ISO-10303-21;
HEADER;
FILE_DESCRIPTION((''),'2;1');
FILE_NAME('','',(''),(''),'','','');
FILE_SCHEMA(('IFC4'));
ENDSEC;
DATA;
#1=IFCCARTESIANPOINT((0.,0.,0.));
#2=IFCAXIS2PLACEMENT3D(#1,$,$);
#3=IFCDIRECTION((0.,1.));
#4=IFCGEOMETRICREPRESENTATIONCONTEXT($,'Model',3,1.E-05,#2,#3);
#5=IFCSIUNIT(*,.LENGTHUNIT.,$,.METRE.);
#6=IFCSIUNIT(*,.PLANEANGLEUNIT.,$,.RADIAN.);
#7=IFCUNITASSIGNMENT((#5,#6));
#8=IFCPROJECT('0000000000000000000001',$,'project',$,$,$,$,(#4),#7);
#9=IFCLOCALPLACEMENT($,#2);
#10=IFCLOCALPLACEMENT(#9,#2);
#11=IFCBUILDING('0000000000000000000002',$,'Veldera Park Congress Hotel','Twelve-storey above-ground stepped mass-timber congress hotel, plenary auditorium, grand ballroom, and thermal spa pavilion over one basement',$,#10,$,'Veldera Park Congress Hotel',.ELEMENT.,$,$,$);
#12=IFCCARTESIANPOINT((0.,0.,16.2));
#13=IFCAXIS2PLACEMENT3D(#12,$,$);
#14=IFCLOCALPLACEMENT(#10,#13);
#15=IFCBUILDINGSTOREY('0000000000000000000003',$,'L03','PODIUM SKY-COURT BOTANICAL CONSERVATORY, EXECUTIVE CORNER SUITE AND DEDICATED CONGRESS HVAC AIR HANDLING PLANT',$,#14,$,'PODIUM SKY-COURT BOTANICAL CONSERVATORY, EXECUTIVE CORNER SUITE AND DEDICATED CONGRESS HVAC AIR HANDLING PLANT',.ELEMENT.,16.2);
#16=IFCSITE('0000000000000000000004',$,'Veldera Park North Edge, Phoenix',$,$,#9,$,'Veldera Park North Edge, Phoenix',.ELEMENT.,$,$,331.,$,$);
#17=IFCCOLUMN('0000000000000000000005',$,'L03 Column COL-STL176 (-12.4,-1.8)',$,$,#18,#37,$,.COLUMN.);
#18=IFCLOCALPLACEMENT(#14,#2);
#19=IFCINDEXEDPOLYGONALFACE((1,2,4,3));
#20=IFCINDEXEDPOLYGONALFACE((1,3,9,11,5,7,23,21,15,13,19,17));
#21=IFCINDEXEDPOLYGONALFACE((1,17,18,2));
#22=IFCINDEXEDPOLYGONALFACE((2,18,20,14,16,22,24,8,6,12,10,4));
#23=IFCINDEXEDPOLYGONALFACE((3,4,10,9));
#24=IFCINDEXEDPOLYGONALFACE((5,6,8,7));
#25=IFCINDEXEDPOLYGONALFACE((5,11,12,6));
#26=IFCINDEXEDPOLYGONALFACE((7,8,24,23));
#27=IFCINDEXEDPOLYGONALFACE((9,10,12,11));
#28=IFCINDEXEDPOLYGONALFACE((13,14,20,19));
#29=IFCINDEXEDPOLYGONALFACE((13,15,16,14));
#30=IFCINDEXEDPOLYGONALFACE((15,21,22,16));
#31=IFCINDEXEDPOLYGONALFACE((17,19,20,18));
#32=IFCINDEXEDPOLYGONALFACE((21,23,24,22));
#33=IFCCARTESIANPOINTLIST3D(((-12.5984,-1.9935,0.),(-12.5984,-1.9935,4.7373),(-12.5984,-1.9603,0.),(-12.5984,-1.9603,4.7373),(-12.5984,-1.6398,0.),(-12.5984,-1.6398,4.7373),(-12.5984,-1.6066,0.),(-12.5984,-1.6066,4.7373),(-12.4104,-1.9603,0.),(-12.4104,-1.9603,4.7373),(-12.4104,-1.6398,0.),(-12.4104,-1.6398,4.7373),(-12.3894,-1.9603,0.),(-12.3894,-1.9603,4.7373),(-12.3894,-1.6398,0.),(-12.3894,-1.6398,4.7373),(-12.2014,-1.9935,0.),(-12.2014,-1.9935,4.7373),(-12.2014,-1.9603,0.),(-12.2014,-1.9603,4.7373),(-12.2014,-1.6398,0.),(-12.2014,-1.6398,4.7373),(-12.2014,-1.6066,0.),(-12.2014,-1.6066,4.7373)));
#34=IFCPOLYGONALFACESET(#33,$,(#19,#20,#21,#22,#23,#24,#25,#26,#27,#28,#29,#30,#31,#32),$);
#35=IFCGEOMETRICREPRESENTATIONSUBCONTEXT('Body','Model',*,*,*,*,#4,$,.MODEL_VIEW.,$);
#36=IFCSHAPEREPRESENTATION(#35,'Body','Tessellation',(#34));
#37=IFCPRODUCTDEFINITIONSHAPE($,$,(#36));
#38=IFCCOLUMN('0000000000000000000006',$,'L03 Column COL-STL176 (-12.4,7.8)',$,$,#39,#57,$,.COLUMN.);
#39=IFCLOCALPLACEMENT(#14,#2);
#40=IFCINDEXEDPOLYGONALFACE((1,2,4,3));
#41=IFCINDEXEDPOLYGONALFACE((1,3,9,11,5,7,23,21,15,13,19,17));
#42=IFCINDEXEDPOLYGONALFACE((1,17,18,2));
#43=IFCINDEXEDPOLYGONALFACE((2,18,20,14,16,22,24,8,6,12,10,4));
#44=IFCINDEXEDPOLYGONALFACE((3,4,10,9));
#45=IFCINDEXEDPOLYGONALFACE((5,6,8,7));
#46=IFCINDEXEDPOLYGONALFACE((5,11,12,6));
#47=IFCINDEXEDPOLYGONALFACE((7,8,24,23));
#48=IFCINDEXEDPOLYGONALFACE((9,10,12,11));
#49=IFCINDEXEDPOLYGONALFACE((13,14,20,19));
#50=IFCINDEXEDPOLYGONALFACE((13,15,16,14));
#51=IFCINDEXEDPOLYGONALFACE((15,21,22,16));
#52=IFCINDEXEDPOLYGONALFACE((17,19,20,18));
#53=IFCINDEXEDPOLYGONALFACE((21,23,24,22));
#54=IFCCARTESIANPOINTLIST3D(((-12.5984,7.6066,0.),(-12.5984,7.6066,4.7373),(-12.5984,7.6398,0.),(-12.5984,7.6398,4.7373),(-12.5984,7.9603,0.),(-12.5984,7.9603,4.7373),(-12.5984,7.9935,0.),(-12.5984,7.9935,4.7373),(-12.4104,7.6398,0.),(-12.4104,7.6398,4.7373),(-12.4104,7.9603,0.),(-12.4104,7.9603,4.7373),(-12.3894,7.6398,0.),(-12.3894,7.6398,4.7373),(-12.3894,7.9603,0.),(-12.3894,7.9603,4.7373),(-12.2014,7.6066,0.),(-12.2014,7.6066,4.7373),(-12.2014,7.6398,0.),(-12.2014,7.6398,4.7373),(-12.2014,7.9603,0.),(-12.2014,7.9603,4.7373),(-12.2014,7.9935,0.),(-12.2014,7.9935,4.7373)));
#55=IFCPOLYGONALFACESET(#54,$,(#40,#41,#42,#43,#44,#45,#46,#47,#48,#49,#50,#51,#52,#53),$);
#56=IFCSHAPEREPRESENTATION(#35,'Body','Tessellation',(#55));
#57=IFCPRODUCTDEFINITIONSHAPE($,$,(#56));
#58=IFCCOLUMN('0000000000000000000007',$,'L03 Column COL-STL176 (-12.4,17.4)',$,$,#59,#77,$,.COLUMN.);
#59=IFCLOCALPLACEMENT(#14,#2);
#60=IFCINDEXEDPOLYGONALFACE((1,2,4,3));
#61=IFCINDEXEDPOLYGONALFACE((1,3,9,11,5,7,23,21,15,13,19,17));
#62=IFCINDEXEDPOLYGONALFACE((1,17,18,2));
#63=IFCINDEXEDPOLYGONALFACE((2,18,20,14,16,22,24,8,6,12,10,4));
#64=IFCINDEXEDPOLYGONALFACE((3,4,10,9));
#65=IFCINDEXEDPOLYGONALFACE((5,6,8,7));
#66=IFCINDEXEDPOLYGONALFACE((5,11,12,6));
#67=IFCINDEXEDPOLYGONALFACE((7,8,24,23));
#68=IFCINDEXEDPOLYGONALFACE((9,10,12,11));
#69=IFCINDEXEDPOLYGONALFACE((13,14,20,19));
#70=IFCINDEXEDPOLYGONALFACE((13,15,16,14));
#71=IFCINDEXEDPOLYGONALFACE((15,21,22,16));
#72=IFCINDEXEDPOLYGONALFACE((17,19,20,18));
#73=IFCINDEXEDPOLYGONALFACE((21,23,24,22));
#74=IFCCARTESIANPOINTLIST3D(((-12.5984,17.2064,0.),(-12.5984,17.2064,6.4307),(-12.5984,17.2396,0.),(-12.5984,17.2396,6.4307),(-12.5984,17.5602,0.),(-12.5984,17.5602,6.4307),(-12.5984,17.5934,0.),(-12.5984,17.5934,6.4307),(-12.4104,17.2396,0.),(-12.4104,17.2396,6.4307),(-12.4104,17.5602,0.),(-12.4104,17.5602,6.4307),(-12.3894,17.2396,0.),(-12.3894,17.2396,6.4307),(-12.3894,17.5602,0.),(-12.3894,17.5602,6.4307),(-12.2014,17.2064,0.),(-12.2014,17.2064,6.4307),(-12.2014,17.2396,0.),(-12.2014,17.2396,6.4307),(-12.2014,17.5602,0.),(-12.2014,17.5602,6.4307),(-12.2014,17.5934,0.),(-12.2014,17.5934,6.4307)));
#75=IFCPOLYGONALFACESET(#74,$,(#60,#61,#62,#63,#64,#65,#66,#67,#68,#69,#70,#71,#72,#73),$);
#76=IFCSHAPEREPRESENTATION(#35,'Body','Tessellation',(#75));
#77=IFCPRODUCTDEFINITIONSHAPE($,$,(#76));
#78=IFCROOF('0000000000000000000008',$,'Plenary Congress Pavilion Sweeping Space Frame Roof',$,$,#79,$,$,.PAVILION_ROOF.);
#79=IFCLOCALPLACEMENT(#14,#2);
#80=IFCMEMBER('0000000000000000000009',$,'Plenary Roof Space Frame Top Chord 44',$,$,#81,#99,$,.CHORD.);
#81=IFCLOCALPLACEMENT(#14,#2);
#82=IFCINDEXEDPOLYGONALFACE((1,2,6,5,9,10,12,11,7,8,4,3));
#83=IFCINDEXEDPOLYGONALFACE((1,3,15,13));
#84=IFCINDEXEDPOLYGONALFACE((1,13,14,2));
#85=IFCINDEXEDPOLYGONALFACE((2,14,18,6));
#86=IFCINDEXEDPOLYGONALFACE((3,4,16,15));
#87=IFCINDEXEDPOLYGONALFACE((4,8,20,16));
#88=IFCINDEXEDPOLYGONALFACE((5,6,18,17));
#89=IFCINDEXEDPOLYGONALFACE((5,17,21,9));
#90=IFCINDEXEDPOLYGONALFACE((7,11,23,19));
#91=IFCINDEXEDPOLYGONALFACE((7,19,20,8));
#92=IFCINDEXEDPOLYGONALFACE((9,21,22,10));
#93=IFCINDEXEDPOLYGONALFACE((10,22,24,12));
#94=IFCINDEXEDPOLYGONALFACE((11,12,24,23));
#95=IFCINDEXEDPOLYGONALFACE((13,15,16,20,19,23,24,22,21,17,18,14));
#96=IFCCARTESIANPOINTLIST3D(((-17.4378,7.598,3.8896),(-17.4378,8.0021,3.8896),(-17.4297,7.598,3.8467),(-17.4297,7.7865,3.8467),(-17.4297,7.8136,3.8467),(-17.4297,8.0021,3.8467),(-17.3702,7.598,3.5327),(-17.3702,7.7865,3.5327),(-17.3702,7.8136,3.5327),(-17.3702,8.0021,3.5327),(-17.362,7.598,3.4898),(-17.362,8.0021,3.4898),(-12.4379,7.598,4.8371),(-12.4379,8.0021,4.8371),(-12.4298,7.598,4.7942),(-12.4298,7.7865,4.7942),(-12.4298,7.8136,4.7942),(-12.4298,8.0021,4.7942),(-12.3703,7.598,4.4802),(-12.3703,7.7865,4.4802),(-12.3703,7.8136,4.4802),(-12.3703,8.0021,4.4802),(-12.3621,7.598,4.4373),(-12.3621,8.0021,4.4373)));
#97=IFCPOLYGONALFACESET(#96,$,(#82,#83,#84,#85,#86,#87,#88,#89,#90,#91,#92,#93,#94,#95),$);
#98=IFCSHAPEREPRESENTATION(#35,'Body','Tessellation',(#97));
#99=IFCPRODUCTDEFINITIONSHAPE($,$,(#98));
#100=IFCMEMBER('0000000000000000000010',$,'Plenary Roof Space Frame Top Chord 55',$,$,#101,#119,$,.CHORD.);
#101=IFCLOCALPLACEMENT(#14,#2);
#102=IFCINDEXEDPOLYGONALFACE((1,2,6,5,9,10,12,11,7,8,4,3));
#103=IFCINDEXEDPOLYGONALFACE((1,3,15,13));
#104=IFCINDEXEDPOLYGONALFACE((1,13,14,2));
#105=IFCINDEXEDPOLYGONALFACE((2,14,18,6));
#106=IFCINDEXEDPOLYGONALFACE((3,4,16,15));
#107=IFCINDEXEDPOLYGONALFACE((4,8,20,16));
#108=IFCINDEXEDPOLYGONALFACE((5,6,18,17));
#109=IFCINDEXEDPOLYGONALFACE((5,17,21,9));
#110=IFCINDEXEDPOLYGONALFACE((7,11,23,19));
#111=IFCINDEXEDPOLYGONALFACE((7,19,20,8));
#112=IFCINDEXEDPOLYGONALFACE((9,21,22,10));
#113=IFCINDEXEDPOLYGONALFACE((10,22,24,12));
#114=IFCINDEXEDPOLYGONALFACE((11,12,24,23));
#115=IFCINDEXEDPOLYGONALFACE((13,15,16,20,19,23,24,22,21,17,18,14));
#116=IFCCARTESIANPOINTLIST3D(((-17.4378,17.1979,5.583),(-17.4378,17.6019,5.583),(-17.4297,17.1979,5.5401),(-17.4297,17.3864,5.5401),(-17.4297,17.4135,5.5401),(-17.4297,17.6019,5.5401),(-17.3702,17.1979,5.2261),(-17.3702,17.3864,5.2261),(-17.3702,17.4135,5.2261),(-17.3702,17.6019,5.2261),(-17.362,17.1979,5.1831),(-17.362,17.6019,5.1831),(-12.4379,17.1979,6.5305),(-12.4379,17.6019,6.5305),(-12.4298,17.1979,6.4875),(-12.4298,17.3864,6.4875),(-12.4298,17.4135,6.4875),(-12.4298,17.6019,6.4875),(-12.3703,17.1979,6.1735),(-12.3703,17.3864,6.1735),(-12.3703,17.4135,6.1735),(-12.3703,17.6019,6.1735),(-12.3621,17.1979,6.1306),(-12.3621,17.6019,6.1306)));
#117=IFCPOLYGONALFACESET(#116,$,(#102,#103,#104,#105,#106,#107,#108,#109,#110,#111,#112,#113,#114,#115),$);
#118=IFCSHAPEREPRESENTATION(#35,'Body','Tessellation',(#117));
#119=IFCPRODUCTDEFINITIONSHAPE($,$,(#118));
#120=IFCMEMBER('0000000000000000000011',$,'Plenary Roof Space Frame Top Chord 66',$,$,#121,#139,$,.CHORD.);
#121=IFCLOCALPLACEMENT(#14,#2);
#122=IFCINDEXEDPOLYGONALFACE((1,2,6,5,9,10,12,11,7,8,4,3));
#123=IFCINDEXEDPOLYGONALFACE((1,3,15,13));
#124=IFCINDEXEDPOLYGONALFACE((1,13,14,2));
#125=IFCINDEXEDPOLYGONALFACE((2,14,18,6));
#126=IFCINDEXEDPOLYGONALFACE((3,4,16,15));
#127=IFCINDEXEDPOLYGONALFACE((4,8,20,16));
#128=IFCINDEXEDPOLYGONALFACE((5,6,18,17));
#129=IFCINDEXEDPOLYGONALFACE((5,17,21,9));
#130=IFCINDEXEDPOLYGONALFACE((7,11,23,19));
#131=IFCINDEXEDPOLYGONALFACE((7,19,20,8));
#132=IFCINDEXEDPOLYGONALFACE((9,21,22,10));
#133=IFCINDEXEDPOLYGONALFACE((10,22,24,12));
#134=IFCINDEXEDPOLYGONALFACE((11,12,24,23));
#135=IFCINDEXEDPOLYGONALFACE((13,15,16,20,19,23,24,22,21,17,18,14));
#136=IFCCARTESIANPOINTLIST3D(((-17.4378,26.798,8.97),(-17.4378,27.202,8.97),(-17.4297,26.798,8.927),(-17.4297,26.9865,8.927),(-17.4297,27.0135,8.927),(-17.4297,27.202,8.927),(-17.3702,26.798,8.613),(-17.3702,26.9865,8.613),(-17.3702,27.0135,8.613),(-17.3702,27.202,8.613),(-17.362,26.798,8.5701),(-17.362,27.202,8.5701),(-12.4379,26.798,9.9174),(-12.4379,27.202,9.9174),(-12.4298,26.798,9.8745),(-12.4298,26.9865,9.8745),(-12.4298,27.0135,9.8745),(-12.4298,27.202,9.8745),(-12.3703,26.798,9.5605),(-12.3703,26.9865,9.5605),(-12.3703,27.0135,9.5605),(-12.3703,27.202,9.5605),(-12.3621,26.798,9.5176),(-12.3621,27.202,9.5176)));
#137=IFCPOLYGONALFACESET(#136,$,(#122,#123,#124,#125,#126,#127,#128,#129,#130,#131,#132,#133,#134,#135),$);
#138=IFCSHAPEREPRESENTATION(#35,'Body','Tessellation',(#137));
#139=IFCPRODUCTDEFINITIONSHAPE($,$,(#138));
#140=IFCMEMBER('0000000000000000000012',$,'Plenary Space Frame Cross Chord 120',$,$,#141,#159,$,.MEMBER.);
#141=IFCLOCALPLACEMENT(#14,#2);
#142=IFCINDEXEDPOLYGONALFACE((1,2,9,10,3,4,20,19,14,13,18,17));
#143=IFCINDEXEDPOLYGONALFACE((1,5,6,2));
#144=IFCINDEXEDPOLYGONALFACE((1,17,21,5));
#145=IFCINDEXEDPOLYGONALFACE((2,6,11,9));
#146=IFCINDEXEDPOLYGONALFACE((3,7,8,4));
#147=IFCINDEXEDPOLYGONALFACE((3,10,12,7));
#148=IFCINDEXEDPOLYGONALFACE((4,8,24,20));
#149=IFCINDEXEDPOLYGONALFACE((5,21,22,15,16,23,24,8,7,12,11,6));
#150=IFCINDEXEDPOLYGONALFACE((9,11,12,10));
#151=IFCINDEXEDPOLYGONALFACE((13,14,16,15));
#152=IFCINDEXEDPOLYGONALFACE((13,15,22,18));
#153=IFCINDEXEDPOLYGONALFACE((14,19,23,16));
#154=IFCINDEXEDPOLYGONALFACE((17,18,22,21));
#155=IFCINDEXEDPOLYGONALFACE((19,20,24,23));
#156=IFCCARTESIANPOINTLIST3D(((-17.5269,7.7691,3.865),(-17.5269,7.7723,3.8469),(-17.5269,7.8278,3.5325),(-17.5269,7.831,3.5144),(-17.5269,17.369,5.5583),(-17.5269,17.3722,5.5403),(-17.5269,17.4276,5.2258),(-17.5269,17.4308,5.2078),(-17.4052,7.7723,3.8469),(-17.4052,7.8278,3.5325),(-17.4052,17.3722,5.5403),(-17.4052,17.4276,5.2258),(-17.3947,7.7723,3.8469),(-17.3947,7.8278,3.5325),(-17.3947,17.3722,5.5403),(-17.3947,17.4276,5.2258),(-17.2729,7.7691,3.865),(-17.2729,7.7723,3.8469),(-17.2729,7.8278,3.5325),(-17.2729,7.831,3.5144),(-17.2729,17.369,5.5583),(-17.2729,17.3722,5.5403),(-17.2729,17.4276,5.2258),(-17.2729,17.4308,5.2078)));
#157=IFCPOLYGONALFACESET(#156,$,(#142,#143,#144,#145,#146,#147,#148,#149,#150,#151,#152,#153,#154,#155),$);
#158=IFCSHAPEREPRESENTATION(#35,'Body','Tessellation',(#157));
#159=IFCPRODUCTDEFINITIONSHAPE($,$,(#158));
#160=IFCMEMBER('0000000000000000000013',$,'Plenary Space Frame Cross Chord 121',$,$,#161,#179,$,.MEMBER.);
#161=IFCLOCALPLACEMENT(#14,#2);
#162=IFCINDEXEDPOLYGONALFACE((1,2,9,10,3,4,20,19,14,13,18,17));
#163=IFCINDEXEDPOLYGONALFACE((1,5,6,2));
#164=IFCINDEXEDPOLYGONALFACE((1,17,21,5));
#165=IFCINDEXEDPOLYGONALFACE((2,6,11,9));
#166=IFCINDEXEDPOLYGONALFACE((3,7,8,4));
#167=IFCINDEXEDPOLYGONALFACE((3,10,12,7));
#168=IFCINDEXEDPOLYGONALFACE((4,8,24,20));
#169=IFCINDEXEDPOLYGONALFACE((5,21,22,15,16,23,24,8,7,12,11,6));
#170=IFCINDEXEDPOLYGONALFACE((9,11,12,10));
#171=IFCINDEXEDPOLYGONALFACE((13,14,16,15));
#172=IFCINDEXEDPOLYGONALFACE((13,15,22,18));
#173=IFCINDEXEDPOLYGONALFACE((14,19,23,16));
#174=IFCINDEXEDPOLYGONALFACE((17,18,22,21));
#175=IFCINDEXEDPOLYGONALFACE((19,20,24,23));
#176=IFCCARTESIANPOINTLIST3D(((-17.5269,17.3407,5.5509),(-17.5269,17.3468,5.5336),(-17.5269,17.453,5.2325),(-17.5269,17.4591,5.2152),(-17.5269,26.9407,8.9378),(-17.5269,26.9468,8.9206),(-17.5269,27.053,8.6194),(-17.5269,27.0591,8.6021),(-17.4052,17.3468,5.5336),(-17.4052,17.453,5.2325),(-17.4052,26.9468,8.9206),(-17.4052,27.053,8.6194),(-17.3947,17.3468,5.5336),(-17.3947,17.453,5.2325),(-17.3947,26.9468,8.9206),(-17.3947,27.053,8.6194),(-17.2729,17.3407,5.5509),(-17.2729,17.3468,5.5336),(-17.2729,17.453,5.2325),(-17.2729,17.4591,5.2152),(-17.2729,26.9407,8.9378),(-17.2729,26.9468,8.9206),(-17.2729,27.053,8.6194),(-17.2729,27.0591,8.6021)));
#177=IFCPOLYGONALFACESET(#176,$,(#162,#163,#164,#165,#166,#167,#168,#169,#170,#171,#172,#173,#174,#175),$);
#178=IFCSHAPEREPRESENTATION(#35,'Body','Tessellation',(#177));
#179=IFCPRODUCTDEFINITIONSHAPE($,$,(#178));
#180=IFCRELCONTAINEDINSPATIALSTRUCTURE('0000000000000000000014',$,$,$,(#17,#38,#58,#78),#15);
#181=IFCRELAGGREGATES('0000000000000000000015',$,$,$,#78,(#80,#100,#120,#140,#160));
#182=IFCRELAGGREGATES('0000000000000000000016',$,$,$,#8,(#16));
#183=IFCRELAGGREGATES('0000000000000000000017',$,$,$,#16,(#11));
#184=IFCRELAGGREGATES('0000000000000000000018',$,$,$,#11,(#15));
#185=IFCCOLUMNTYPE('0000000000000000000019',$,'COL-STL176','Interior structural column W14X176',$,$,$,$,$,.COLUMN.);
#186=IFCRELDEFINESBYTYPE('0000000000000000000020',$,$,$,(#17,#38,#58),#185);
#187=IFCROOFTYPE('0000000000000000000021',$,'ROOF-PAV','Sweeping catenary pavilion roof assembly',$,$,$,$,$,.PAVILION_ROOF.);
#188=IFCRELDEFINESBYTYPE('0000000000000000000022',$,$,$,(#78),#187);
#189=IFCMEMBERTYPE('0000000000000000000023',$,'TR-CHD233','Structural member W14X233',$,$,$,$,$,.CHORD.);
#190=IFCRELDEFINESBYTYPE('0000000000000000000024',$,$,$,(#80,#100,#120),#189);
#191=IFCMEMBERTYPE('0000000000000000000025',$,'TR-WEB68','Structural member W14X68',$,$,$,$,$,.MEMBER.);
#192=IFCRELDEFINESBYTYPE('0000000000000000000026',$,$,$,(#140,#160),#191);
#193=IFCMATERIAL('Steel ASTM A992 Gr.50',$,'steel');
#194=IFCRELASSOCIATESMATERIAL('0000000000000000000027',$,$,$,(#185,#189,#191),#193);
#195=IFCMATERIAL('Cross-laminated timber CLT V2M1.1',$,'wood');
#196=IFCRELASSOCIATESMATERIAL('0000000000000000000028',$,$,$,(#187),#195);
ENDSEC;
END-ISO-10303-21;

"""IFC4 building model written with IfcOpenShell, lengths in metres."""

from ifc_helpers import new_model, si_unit, direction, frame, origin, origin_2d, place, context, subcontext, project, spatial, i_section, extrude, material, material_profile, profile_set, type_object, element, aggregate, save


model = new_model("IFC4")

# Units and contexts
model_context = context("Model", 3, precision=1e-05, world=origin(), true_north=direction((0.0, 1.0)))
body_context = subcontext(model_context, "Body", "Model", "MODEL_VIEW")
ifc_project = project(units=[si_unit("LENGTHUNIT", "METRE"), si_unit("PLANEANGLEUNIT", "RADIAN")], contexts=[model_context])

# Site, building, storey
site_placement = place(None, origin())
site = spatial("IfcSite", under=ifc_project, at=site_placement, Name="Veldera Park North Edge, Phoenix", LongName="Veldera Park North Edge, Phoenix", CompositionType="ELEMENT", RefElevation=331.0)
building_placement = place(site_placement, origin())
building = spatial("IfcBuilding", under=site, at=building_placement, Name="Veldera Park Congress Hotel", Description="Twelve-storey above-ground stepped mass-timber congress hotel, plenary auditorium, grand ballroom, and thermal spa pavilion over one basement", LongName="Veldera Park Congress Hotel", CompositionType="ELEMENT")
storey_placement = place(building_placement, frame((0.0, 0.0, 16.2)))
storey = spatial("IfcBuildingStorey", under=building, at=storey_placement, Name="L03", Description="PODIUM SKY-COURT BOTANICAL CONSERVATORY, EXECUTIVE CORNER SUITE AND DEDICATED CONGRESS HVAC AIR HANDLING PLANT", LongName="PODIUM SKY-COURT BOTANICAL CONSERVATORY, EXECUTIVE CORNER SUITE AND DEDICATED CONGRESS HVAC AIR HANDLING PLANT", CompositionType="ELEMENT", Elevation=16.2)

# Columns
ifc_material_1 = material(Name="Steel ASTM A992 Gr.50", Category="steel")
ifc_material_profile_1 = material_profile(ifc_material_1, i_section(OverallWidth=0.397, OverallDepth=0.387, WebThickness=0.021, FlangeThickness=0.0332, at=origin_2d()), Name="W14X176")
ifc_profile_set_1 = profile_set([ifc_material_profile_1], Name="Steel ASTM A992 Gr.50")
column_type = type_object("IfcColumnType", Name="COL-STL176", Description="Interior structural column W14X176", PredefinedType="COLUMN", material=ifc_profile_set_1)
for number, where, z_axis, x_axis, name in (
    (1, (-12.3999, -1.8, 0.0), (0.0, 0.0, 1.0), (1.0, 0.0, 0.0), "L03 Column COL-STL176 (-12.4,-1.8)"),
    (2, (-12.3999, 7.8, 0.0), (0.0, 0.0, 1.0), (1.0, 0.0, 0.0), "L03 Column COL-STL176 (-12.4,7.8)"),
):
    element("IfcColumn", number, at=place(storey_placement, frame(where, z_axis=z_axis, x_axis=x_axis)), inside=storey, type_object=column_type, Name=name, PredefinedType="COLUMN", context=body_context, shape_type="SweptSolid", body=[
        extrude(i_section(OverallWidth=0.397, OverallDepth=0.387, WebThickness=0.021, FlangeThickness=0.0332, at=origin_2d()), origin(), (0.0, 0.0, 1.0), 4.7373),
    ])
column_placement = place(storey_placement, frame((-12.3999, 17.3999, 0.0), z_axis=(0.0, 0.0, 1.0), x_axis=(1.0, 0.0, 0.0)))
element("IfcColumn", 3, at=column_placement, inside=storey, type_object=column_type, Name="L03 Column COL-STL176 (-12.4,17.4)", PredefinedType="COLUMN", context=body_context, shape_type="SweptSolid", body=[
    extrude(i_section(OverallWidth=0.397, OverallDepth=0.387, WebThickness=0.021, FlangeThickness=0.0332, at=origin_2d()), origin(), (0.0, 0.0, 1.0), 6.4307),
])

# Roof, members
ifc_material_2 = material(Name="Cross-laminated timber CLT V2M1.1", Category="wood")
roof_type = type_object("IfcRoofType", Name="ROOF-PAV", Description="Sweeping catenary pavilion roof assembly", PredefinedType="PAVILION_ROOF", material=ifc_material_2)
roof_placement = place(storey_placement, origin())
roof = element("IfcRoof", 4, at=roof_placement, inside=storey, type_object=roof_type, Name="Plenary Congress Pavilion Sweeping Space Frame Roof", PredefinedType="PAVILION_ROOF")
ifc_material_profile_2 = material_profile(ifc_material_1, i_section(OverallWidth=0.4041, OverallDepth=0.407, WebThickness=0.0271, FlangeThickness=0.0437, at=origin_2d()), Name="W14X233")
ifc_profile_set_2 = profile_set([ifc_material_profile_2], Name="Steel ASTM A992 Gr.50")
member_type_1 = type_object("IfcMemberType", Name="TR-CHD233", Description="Structural member W14X233", PredefinedType="CHORD", material=ifc_profile_set_2)
member_1_placement = place(storey_placement, frame((-17.3999, 7.8, 3.6897), z_axis=(0.982514, 0.0, 0.186188), x_axis=(0.0, 1.0, 0.0)))
member_1 = element("IfcMember", 5, at=member_1_placement, type_object=member_type_1, Name="Plenary Roof Space Frame Top Chord 44", PredefinedType="CHORD", context=body_context, shape_type="SweptSolid", body=[
    extrude(i_section(OverallWidth=0.4041, OverallDepth=0.407, WebThickness=0.0271, FlangeThickness=0.0437, at=origin_2d()), origin(), (0.0, 0.0, 1.0), 5.0889),
])
member_2_placement = place(storey_placement, frame((-17.3999, 17.3999, 5.3831), z_axis=(0.982514, 0.0, 0.186188), x_axis=(0.0, 1.0, 0.0)))
member_2 = element("IfcMember", 6, at=member_2_placement, type_object=member_type_1, Name="Plenary Roof Space Frame Top Chord 55", PredefinedType="CHORD", context=body_context, shape_type="SweptSolid", body=[
    extrude(i_section(OverallWidth=0.4041, OverallDepth=0.407, WebThickness=0.0271, FlangeThickness=0.0437, at=origin_2d()), origin(), (0.0, 0.0, 1.0), 5.0889),
])
member_3_placement = place(storey_placement, frame((-17.3999, 27.0, 8.77), z_axis=(0.982514, 0.0, 0.186188), x_axis=(0.0, 1.0, 0.0)))
member_3 = element("IfcMember", 7, at=member_3_placement, type_object=member_type_1, Name="Plenary Roof Space Frame Top Chord 66", PredefinedType="CHORD", context=body_context, shape_type="SweptSolid", body=[
    extrude(i_section(OverallWidth=0.4041, OverallDepth=0.407, WebThickness=0.0271, FlangeThickness=0.0437, at=origin_2d()), origin(), (0.0, 0.0, 1.0), 5.0889),
])
ifc_material_profile_3 = material_profile(ifc_material_1, i_section(OverallWidth=0.2539, OverallDepth=0.356, WebThickness=0.0105, FlangeThickness=0.0183, at=origin_2d()), Name="W14X68")
ifc_profile_set_3 = profile_set([ifc_material_profile_3], Name="Steel ASTM A992 Gr.50")
member_type_2 = type_object("IfcMemberType", Name="TR-WEB68", Description="Structural member W14X68", PredefinedType="MEMBER", material=ifc_profile_set_3)
member_4_placement = place(storey_placement, frame((-17.3999, 7.8, 3.6897), z_axis=(0.0, 0.984796, 0.173712), x_axis=(-1.0, 0.0, 0.0)))
member_4 = element("IfcMember", 8, at=member_4_placement, type_object=member_type_2, Name="Plenary Space Frame Cross Chord 120", PredefinedType="MEMBER", context=body_context, shape_type="SweptSolid", body=[
    extrude(i_section(OverallWidth=0.2539, OverallDepth=0.356, WebThickness=0.0105, FlangeThickness=0.0183, at=origin_2d()), origin(), (0.0, 0.0, 1.0), 9.748),
])
member_5_placement = place(storey_placement, frame((-17.3999, 17.3999, 5.3831), z_axis=(0.0, 0.943031, 0.332706), x_axis=(-1.0, 0.0, 0.0)))
member_5 = element("IfcMember", 9, at=member_5_placement, type_object=member_type_2, Name="Plenary Space Frame Cross Chord 121", PredefinedType="MEMBER", context=body_context, shape_type="SweptSolid", body=[
    extrude(i_section(OverallWidth=0.2539, OverallDepth=0.356, WebThickness=0.0105, FlangeThickness=0.0183, at=origin_2d()), origin(), (0.0, 0.0, 1.0), 10.1799),
])
aggregate(roof, [member_1, member_2, member_3, member_4, member_5])

save(model, "model.ifc")
